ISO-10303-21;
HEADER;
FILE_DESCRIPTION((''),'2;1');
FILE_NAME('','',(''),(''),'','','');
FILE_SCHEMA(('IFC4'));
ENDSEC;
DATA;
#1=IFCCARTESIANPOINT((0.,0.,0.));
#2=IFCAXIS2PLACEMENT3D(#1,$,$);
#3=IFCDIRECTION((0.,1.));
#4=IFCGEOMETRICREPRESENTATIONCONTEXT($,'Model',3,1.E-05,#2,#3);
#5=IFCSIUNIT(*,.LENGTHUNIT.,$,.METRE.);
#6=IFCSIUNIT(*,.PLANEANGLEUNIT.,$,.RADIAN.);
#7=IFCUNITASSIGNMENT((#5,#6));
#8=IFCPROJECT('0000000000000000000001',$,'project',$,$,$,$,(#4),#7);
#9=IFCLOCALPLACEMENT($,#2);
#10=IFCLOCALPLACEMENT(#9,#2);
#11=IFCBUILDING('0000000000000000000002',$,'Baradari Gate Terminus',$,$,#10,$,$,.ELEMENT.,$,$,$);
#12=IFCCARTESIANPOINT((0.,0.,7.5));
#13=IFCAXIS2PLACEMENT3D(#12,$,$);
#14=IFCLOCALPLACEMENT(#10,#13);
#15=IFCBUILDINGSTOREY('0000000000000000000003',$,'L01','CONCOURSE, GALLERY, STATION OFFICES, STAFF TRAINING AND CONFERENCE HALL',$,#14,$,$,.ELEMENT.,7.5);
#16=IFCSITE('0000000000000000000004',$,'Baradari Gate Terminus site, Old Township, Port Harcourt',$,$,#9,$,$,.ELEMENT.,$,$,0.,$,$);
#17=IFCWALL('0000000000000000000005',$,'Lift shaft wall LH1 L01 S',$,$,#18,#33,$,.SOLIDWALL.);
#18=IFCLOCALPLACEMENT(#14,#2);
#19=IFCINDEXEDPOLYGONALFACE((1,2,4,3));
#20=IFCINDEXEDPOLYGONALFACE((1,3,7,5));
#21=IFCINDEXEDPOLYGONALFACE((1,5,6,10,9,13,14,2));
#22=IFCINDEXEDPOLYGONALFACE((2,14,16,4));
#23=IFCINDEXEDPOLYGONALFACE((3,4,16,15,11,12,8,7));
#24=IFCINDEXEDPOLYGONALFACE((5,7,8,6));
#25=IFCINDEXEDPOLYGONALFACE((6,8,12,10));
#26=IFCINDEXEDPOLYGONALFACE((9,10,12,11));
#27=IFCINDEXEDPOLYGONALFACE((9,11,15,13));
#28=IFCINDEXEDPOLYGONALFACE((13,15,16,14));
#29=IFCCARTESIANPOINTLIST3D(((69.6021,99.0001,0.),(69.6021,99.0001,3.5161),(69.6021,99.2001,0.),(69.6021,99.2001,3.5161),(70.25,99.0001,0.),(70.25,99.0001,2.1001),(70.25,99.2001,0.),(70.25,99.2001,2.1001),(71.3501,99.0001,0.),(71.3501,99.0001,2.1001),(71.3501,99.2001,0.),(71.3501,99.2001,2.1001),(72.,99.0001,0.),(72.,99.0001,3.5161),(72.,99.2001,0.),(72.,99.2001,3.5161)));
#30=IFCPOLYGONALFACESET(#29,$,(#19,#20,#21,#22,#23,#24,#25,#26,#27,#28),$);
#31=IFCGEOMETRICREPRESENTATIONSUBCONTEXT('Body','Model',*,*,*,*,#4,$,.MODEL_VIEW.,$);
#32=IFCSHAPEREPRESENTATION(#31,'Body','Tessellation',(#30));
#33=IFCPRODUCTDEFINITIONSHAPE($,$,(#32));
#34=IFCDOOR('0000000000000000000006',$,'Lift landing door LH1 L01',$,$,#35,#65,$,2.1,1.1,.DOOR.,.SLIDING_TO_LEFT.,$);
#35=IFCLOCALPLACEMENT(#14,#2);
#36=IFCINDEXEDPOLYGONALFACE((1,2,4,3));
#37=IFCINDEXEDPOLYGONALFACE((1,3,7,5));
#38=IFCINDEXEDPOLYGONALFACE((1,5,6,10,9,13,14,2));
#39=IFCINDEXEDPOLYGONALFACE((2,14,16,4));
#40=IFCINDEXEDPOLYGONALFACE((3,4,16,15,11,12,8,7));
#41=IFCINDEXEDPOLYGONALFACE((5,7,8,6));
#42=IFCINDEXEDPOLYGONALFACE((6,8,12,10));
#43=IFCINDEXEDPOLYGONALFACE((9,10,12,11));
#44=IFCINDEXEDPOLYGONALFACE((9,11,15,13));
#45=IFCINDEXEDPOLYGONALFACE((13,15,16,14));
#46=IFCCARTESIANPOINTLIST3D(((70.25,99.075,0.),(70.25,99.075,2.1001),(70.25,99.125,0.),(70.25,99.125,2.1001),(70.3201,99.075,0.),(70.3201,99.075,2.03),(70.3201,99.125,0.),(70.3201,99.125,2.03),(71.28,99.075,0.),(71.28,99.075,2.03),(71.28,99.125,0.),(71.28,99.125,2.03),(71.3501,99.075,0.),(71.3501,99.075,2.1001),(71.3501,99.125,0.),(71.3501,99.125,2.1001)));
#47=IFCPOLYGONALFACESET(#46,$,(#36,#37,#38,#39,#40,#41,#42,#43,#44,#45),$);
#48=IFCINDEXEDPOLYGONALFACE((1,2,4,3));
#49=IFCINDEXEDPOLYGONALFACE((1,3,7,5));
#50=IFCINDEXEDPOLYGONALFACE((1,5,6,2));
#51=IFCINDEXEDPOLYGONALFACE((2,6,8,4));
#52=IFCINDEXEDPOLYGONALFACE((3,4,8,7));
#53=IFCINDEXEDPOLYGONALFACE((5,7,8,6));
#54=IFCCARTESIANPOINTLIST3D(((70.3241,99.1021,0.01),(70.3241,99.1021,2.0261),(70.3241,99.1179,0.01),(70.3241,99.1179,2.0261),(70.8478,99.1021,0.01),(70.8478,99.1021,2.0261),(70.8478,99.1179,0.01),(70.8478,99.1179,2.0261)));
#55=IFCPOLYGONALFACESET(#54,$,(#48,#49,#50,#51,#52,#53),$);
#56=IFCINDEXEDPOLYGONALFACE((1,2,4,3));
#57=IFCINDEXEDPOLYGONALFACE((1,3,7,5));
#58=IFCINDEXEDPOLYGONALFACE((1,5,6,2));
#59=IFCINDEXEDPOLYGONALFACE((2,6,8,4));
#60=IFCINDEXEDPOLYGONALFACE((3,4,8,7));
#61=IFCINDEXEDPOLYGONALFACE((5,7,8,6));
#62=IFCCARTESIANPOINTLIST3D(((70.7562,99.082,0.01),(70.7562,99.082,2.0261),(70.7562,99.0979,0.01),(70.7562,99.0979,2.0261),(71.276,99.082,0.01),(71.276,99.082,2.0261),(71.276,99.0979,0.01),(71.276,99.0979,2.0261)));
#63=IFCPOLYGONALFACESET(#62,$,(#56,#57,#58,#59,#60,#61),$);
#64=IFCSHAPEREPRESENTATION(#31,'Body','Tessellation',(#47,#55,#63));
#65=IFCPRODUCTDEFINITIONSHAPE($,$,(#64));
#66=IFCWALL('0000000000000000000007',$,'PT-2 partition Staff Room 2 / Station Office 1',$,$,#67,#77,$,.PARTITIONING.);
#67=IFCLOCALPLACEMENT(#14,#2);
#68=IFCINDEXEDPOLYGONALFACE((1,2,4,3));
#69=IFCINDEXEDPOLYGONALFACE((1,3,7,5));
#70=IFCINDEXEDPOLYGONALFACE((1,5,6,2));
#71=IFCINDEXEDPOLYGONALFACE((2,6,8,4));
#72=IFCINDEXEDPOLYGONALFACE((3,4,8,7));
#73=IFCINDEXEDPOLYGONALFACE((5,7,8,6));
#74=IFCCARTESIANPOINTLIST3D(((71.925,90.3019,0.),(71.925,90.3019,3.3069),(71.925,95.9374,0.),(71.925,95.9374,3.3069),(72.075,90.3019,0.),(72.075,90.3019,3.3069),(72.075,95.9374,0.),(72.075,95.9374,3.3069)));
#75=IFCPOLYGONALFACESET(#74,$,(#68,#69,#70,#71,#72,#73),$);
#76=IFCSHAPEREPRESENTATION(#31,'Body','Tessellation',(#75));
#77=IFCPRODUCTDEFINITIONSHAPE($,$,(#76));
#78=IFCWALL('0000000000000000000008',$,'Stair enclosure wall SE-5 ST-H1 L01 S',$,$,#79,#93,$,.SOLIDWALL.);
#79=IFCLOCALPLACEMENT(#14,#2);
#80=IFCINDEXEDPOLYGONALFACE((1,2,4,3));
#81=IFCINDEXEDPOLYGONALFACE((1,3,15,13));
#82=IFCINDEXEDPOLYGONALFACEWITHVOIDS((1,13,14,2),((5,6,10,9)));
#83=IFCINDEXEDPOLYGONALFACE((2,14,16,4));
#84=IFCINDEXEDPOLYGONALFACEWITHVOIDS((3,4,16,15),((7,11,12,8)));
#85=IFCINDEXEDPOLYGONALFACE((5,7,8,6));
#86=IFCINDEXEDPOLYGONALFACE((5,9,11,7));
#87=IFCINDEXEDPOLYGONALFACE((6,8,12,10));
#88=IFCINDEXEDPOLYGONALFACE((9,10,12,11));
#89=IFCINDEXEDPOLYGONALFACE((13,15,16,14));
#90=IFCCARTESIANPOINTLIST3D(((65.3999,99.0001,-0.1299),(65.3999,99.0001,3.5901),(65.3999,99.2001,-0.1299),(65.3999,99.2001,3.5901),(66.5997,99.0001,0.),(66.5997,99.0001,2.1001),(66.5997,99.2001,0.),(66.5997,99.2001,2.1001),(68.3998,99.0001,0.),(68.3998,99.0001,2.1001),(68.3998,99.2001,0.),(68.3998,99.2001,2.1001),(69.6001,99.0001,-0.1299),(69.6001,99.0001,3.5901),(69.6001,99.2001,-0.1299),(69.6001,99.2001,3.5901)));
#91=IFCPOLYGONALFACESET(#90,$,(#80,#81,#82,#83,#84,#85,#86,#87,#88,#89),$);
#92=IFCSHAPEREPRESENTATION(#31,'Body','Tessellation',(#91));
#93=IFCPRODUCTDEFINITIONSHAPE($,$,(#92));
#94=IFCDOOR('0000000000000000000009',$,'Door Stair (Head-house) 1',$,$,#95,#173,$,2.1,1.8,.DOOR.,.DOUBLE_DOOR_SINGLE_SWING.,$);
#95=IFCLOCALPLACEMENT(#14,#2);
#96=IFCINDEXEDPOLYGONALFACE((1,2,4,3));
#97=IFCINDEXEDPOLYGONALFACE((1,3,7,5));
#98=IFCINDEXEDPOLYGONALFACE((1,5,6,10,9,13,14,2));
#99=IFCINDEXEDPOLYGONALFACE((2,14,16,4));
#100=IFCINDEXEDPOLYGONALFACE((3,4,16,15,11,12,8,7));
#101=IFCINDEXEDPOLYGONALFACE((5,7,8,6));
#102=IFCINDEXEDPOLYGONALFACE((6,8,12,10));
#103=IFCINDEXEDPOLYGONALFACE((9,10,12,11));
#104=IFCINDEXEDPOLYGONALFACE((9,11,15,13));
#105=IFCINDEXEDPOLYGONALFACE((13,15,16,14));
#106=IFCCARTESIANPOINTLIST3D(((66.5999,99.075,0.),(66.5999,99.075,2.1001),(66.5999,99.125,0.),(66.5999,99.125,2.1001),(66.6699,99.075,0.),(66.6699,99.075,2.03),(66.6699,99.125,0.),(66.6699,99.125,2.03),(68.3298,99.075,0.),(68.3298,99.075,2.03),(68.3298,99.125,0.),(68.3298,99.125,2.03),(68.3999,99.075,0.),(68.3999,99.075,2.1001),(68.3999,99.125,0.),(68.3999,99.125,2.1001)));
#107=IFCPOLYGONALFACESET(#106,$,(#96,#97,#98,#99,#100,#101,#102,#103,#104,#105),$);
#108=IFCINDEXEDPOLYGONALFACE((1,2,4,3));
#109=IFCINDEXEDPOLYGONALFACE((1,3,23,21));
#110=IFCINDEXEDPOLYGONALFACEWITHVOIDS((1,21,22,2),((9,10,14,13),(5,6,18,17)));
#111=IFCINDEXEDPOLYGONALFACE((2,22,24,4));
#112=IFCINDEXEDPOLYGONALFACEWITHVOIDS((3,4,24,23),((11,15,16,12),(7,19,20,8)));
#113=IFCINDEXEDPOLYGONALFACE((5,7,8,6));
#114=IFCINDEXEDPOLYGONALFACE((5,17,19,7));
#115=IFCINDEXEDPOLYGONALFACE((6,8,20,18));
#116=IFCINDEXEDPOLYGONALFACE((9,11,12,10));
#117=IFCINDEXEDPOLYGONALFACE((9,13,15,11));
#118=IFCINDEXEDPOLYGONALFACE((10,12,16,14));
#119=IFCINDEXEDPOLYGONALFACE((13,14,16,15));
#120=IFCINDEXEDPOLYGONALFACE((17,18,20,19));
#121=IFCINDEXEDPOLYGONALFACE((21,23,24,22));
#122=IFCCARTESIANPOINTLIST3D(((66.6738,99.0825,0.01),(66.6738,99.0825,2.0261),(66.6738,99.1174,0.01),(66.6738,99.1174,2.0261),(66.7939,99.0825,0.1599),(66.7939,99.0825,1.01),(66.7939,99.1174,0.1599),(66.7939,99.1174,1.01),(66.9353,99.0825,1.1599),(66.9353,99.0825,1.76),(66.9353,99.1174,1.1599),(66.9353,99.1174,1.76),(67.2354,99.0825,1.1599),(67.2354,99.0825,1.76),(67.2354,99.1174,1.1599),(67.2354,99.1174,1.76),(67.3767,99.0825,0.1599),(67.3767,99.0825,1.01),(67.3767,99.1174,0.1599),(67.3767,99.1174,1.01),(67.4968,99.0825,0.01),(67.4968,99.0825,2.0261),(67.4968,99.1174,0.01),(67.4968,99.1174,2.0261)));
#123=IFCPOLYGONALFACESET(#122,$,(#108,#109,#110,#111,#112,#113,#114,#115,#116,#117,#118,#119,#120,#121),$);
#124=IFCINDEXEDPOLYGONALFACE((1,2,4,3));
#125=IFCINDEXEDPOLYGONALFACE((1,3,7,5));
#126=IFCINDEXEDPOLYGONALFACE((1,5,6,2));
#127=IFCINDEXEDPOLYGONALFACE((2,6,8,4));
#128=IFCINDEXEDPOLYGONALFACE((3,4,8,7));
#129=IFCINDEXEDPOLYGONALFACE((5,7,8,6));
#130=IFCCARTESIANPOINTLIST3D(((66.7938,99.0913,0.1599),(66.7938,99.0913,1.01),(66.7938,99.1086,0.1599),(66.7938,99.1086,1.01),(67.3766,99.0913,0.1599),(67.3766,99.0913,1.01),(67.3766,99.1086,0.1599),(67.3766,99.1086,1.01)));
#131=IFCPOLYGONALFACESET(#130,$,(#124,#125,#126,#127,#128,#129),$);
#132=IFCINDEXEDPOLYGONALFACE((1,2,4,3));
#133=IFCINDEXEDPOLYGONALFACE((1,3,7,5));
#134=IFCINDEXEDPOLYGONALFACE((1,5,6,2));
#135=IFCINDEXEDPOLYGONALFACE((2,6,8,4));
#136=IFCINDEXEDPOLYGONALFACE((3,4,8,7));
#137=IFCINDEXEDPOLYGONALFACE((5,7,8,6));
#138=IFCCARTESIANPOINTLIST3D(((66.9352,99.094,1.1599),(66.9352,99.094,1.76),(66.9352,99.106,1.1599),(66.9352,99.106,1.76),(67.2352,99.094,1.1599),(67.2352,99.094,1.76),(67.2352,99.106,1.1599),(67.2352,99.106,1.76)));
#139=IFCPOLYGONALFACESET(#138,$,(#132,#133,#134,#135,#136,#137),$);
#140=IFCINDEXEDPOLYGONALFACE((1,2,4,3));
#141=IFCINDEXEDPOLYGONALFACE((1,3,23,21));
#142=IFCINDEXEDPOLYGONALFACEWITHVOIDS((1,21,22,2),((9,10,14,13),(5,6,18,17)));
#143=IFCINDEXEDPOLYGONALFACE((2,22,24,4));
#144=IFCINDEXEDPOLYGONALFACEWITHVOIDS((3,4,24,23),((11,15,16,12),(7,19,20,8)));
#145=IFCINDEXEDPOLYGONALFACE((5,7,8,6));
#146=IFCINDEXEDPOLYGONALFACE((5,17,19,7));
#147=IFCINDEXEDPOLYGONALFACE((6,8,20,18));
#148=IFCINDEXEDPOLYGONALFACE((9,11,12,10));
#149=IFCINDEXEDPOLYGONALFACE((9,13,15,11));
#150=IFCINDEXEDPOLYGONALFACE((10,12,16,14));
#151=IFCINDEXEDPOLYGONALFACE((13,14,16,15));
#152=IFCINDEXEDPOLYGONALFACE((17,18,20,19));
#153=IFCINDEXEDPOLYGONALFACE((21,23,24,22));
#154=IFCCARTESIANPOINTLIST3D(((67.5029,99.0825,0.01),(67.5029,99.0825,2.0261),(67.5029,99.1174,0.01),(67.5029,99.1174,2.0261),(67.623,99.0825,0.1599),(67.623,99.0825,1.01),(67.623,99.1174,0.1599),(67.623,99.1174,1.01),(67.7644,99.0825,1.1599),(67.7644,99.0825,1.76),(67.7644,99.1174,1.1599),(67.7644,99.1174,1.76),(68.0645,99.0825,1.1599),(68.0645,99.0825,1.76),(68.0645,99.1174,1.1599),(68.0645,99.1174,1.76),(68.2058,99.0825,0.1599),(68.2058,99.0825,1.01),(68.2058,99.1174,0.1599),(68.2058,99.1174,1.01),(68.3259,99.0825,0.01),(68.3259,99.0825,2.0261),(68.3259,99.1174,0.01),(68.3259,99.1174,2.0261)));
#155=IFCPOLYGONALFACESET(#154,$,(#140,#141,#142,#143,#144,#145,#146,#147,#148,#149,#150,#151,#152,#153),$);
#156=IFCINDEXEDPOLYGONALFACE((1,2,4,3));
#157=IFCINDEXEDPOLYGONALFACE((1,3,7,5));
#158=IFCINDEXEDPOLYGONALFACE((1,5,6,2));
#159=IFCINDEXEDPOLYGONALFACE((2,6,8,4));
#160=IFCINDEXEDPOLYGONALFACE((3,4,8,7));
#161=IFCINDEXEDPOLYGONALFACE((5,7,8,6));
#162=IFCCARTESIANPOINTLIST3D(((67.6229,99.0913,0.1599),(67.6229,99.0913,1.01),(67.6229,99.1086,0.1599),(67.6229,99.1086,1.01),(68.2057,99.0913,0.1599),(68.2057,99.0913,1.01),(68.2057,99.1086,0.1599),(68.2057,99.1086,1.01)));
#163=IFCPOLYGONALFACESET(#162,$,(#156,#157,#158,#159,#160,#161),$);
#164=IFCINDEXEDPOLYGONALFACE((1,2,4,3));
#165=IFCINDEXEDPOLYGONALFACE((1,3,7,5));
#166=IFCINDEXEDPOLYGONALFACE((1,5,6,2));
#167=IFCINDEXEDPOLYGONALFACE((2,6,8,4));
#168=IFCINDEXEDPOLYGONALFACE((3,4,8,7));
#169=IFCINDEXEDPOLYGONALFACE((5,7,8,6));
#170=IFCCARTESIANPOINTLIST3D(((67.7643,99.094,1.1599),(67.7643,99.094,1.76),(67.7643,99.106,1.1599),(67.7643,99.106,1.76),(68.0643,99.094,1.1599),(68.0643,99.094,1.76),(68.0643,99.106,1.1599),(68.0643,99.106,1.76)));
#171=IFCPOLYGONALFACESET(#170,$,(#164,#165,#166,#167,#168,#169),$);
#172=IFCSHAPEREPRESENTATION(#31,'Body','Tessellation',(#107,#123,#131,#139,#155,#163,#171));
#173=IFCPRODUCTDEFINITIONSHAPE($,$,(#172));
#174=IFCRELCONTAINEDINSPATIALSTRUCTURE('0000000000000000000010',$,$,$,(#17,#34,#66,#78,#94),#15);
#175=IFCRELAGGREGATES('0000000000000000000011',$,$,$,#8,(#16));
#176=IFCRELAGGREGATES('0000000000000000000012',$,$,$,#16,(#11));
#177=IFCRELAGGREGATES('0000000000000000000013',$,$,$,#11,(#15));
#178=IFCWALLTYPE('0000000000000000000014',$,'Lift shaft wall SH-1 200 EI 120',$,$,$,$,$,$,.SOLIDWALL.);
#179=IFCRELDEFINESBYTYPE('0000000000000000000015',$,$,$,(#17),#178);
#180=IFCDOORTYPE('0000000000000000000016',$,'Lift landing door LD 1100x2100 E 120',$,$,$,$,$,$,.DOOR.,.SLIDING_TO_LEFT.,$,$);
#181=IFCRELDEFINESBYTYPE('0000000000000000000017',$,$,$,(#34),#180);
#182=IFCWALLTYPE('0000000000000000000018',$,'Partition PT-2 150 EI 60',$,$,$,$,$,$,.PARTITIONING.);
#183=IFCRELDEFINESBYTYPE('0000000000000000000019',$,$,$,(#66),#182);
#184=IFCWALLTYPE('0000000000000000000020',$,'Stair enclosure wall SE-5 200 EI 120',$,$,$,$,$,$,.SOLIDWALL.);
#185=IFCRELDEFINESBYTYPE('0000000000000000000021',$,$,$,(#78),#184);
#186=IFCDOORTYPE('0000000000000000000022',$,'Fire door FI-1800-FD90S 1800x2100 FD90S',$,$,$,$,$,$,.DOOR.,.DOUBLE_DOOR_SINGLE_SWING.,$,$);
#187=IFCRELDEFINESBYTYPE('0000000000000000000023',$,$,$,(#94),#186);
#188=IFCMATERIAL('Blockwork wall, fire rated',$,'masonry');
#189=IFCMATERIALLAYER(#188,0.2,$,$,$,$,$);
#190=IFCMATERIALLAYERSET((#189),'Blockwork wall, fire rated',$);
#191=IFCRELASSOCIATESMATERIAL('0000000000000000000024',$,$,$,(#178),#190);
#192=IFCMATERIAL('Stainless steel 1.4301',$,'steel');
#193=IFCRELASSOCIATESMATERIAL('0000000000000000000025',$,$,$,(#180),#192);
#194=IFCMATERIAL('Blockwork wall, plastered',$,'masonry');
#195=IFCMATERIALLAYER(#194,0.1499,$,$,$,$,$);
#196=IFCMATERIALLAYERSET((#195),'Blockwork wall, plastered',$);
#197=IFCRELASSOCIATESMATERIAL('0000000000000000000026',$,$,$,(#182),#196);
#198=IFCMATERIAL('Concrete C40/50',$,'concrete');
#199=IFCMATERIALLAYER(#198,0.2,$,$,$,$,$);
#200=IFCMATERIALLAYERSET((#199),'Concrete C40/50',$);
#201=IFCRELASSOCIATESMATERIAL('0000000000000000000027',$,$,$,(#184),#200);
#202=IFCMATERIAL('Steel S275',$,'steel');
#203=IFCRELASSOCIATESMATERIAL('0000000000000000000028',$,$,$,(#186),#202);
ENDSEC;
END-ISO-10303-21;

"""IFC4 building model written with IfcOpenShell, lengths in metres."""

from ifc_helpers import new_model, si_unit, direction, frame, frame_2d, origin, place, context, subcontext, project, spatial, polyline, rectangle, outline, extrude, material, layer, layer_set, type_object, element, fill, save


model = new_model("IFC4")

# Units and contexts
model_context = context("Model", 3, precision=1e-05, world=origin(), true_north=direction((0.0, 1.0)))
body_context = subcontext(model_context, "Body", "Model", "MODEL_VIEW")
ifc_project = project(units=[si_unit("LENGTHUNIT", "METRE"), si_unit("PLANEANGLEUNIT", "RADIAN")], contexts=[model_context])

# Site, building, storey
site_placement = place(None, origin())
site = spatial("IfcSite", under=ifc_project, at=site_placement, Name="Baradari Gate Terminus site, Old Township, Port Harcourt", CompositionType="ELEMENT", RefElevation=0.0)
building_placement = place(site_placement, origin())
building = spatial("IfcBuilding", under=site, at=building_placement, Name="Baradari Gate Terminus", CompositionType="ELEMENT")
storey_placement = place(building_placement, frame((0.0, 0.0, 7.5)))
storey = spatial("IfcBuildingStorey", under=building, at=storey_placement, Name="L01", Description="CONCOURSE, GALLERY, STATION OFFICES, STAFF TRAINING AND CONFERENCE HALL", CompositionType="ELEMENT", Elevation=7.5)

# Wall, opening, door
ifc_material_1 = material(Name="Blockwork wall, fire rated", Category="masonry")
ifc_layer_1 = layer(ifc_material_1, 0.2)
ifc_layer_set_1 = layer_set([ifc_layer_1], Name="Blockwork wall, fire rated")
wall_type_1 = type_object("IfcWallType", Name="Lift shaft wall SH-1 200 EI 120", PredefinedType="SOLIDWALL", material=ifc_layer_set_1)
wall_1_placement = place(storey_placement, frame((69.6021, 99.1001, 0.0), z_axis=(0.0, 0.0, 1.0), x_axis=(1.0, 0.0, 0.0)))
wall_1 = element("IfcWall", 1, at=wall_1_placement, inside=storey, type_object=wall_type_1, Name="Lift shaft wall LH1 L01 S", PredefinedType="SOLIDWALL", context=body_context, shape_type="SweptSolid", body=[
    extrude(rectangle(XDim=2.3979, YDim=0.2, at=frame_2d((1.199, 0.0))), origin(), (0.0, 0.0, 1.0), 3.5161),
])
opening_1_placement = place(wall_1_placement, frame((0.6479, 0.0, 0.0)))
opening_1 = element("IfcOpeningElement", 2, at=opening_1_placement, cuts=wall_1, PredefinedType="OPENING", context=body_context, shape_type="SweptSolid", body=[
    extrude(rectangle(XDim=1.1001, YDim=2.1001, at=frame_2d((0.55, 1.05))), frame((0.0, 0.1099, 0.0), z_axis=(0.0, -1.0, 0.0), x_axis=(1.0, 0.0, 0.0)), (0.0, 0.0, 1.0), 0.22),
])
ifc_material_2 = material(Name="Stainless steel 1.4301", Category="steel")
door_type_1 = type_object("IfcDoorType", Name="Lift landing door LD 1100x2100 E 120", OperationType="SLIDING_TO_LEFT", PredefinedType="DOOR", material=ifc_material_2)
door_1_placement = place(opening_1_placement, origin())
door_1 = element("IfcDoor", 3, at=door_1_placement, inside=storey, type_object=door_type_1, Name="Lift landing door LH1 L01", OperationType="SLIDING_TO_LEFT", OverallHeight=2.1, OverallWidth=1.1, PredefinedType="DOOR", context=body_context, shape_type="SweptSolid", body=[
    extrude(outline(polyline([(0.0, 0.0), (0.0701, 0.0), (0.0701, 2.03), (1.03, 2.03), (1.03, 0.0), (1.1001, 0.0), (1.1001, 2.1001), (0.0, 2.1001), (0.0, 0.0)])), frame((0.0, 0.0249, 0.0), z_axis=(0.0, -1.0, 0.0), x_axis=(1.0, 0.0, 0.0)), (0.0, 0.0, 1.0), 0.05),
    extrude(rectangle(XDim=0.5237, YDim=2.0161, at=frame_2d((0.3359, 1.0181))), frame((0.0, 0.0178, 0.0), z_axis=(0.0, -1.0, 0.0), x_axis=(1.0, 0.0, 0.0)), (0.0, 0.0, 1.0), 0.0159),
    extrude(rectangle(XDim=0.5198, YDim=2.0161, at=frame_2d((0.7661, 1.0181))), frame((0.0, -0.0022, 0.0), z_axis=(0.0, -1.0, 0.0), x_axis=(1.0, 0.0, 0.0)), (0.0, 0.0, 1.0), 0.0159),
])
fill(opening_1, door_1)

# Wall
ifc_material_3 = material(Name="Blockwork wall, plastered", Category="masonry")
ifc_layer_2 = layer(ifc_material_3, 0.1499)
ifc_layer_set_2 = layer_set([ifc_layer_2], Name="Blockwork wall, plastered")
wall_type_2 = type_object("IfcWallType", Name="Partition PT-2 150 EI 60", PredefinedType="PARTITIONING", material=ifc_layer_set_2)
wall_2_placement = place(storey_placement, frame((72.0, 95.9375, 0.0), z_axis=(0.0, 0.0, 1.0), x_axis=(0.0, -1.0, 0.0)))
element("IfcWall", 4, at=wall_2_placement, inside=storey, type_object=wall_type_2, Name="PT-2 partition Staff Room 2 / Station Office 1", PredefinedType="PARTITIONING", context=body_context, shape_type="SweptSolid", body=[
    extrude(rectangle(XDim=5.6355, YDim=0.1499, at=frame_2d((2.8179, 0.0))), origin(), (0.0, 0.0, 1.0), 3.3069),
])

# Wall, opening, door
ifc_material_4 = material(Name="Concrete C40/50", Category="concrete")
ifc_layer_3 = layer(ifc_material_4, 0.2)
ifc_layer_set_3 = layer_set([ifc_layer_3], Name="Concrete C40/50")
wall_type_3 = type_object("IfcWallType", Name="Stair enclosure wall SE-5 200 EI 120", PredefinedType="SOLIDWALL", material=ifc_layer_set_3)
wall_3_placement = place(storey_placement, frame((65.3999, 99.1001, -0.1299), z_axis=(0.0, 0.0, 1.0), x_axis=(1.0, 0.0, 0.0)))
wall_3 = element("IfcWall", 5, at=wall_3_placement, inside=storey, type_object=wall_type_3, Name="Stair enclosure wall SE-5 ST-H1 L01 S", PredefinedType="SOLIDWALL", context=body_context, shape_type="SweptSolid", body=[
    extrude(rectangle(XDim=4.2002, YDim=0.2, at=frame_2d((2.1001, 0.0))), origin(), (0.0, 0.0, 1.0), 3.72),
])
opening_2_placement = place(wall_3_placement, frame((1.2, 0.0, 0.1299)))
opening_2 = element("IfcOpeningElement", 6, at=opening_2_placement, cuts=wall_3, PredefinedType="OPENING", context=body_context, shape_type="SweptSolid", body=[
    extrude(rectangle(XDim=1.8, YDim=2.1001, at=frame_2d((0.8999, 1.05))), frame((0.0, 0.1099, 0.0), z_axis=(0.0, -1.0, 0.0), x_axis=(1.0, 0.0, 0.0)), (0.0, 0.0, 1.0), 0.22),
])
ifc_material_5 = material(Name="Steel S275", Category="steel")
door_type_2 = type_object("IfcDoorType", Name="Fire door FI-1800-FD90S 1800x2100 FD90S", OperationType="DOUBLE_DOOR_SINGLE_SWING", PredefinedType="DOOR", material=ifc_material_5)
door_2_placement = place(opening_2_placement, origin())
door_2 = element("IfcDoor", 7, at=door_2_placement, inside=storey, type_object=door_type_2, Name="Door Stair (Head-house) 1", OperationType="DOUBLE_DOOR_SINGLE_SWING", OverallHeight=2.1, OverallWidth=1.8, PredefinedType="DOOR", context=body_context, shape_type="SweptSolid", body=[
    extrude(outline(polyline([(0.0, 0.0), (0.0701, 0.0), (0.0701, 2.03), (1.73, 2.03), (1.73, 0.0), (1.8, 0.0), (1.8, 2.1001), (0.0, 2.1001), (0.0, 0.0)])), frame((0.0, 0.0249, 0.0), z_axis=(0.0, -1.0, 0.0), x_axis=(1.0, 0.0, 0.0)), (0.0, 0.0, 1.0), 0.05),
    extrude(outline(polyline([(0.074, 0.01), (0.897, 0.01), (0.897, 2.0261), (0.074, 2.0261), (0.074, 0.01)]), holes=[polyline([(0.1941, 0.1599), (0.7769, 0.1599), (0.7769, 1.01), (0.1941, 1.01), (0.1941, 0.1599)]), polyline([(0.3354, 1.1599), (0.6355, 1.1599), (0.6355, 1.76), (0.3354, 1.76), (0.3354, 1.1599)])]), frame((0.0, 0.0173, 0.0), z_axis=(0.0, -1.0, 0.0), x_axis=(1.0, 0.0, 0.0)), (0.0, 0.0, 1.0), 0.0349),
    extrude(rectangle(XDim=0.5828, YDim=0.8501, at=frame_2d((0.4854, 0.585))), frame((0.0, 0.0085, 0.0), z_axis=(0.0, -1.0, 0.0), x_axis=(1.0, 0.0, 0.0)), (0.0, 0.0, 1.0), 0.0173),
    extrude(rectangle(XDim=0.3, YDim=0.6001, at=frame_2d((0.4854, 1.46))), frame((0.0, 0.0059, 0.0), z_axis=(0.0, -1.0, 0.0), x_axis=(1.0, 0.0, 0.0)), (0.0, 0.0, 1.0), 0.012),
    extrude(outline(polyline([(0.9031, 0.01), (1.7261, 0.01), (1.7261, 2.0261), (0.9031, 2.0261), (0.9031, 0.01)]), holes=[polyline([(1.0232, 0.1599), (1.606, 0.1599), (1.606, 1.01), (1.0232, 1.01), (1.0232, 0.1599)]), polyline([(1.1646, 1.1599), (1.4646, 1.1599), (1.4646, 1.76), (1.1646, 1.76), (1.1646, 1.1599)])]), frame((0.0, 0.0173, 0.0), z_axis=(0.0, -1.0, 0.0), x_axis=(1.0, 0.0, 0.0)), (0.0, 0.0, 1.0), 0.0349),
    extrude(rectangle(XDim=0.5828, YDim=0.8501, at=frame_2d((1.3145, 0.585))), frame((0.0, 0.0085, 0.0), z_axis=(0.0, -1.0, 0.0), x_axis=(1.0, 0.0, 0.0)), (0.0, 0.0, 1.0), 0.0173),
    extrude(rectangle(XDim=0.3, YDim=0.6001, at=frame_2d((1.3145, 1.46))), frame((0.0, 0.0059, 0.0), z_axis=(0.0, -1.0, 0.0), x_axis=(1.0, 0.0, 0.0)), (0.0, 0.0, 1.0), 0.012),
])
fill(opening_2, door_2)

save(model, "model.ifc")
